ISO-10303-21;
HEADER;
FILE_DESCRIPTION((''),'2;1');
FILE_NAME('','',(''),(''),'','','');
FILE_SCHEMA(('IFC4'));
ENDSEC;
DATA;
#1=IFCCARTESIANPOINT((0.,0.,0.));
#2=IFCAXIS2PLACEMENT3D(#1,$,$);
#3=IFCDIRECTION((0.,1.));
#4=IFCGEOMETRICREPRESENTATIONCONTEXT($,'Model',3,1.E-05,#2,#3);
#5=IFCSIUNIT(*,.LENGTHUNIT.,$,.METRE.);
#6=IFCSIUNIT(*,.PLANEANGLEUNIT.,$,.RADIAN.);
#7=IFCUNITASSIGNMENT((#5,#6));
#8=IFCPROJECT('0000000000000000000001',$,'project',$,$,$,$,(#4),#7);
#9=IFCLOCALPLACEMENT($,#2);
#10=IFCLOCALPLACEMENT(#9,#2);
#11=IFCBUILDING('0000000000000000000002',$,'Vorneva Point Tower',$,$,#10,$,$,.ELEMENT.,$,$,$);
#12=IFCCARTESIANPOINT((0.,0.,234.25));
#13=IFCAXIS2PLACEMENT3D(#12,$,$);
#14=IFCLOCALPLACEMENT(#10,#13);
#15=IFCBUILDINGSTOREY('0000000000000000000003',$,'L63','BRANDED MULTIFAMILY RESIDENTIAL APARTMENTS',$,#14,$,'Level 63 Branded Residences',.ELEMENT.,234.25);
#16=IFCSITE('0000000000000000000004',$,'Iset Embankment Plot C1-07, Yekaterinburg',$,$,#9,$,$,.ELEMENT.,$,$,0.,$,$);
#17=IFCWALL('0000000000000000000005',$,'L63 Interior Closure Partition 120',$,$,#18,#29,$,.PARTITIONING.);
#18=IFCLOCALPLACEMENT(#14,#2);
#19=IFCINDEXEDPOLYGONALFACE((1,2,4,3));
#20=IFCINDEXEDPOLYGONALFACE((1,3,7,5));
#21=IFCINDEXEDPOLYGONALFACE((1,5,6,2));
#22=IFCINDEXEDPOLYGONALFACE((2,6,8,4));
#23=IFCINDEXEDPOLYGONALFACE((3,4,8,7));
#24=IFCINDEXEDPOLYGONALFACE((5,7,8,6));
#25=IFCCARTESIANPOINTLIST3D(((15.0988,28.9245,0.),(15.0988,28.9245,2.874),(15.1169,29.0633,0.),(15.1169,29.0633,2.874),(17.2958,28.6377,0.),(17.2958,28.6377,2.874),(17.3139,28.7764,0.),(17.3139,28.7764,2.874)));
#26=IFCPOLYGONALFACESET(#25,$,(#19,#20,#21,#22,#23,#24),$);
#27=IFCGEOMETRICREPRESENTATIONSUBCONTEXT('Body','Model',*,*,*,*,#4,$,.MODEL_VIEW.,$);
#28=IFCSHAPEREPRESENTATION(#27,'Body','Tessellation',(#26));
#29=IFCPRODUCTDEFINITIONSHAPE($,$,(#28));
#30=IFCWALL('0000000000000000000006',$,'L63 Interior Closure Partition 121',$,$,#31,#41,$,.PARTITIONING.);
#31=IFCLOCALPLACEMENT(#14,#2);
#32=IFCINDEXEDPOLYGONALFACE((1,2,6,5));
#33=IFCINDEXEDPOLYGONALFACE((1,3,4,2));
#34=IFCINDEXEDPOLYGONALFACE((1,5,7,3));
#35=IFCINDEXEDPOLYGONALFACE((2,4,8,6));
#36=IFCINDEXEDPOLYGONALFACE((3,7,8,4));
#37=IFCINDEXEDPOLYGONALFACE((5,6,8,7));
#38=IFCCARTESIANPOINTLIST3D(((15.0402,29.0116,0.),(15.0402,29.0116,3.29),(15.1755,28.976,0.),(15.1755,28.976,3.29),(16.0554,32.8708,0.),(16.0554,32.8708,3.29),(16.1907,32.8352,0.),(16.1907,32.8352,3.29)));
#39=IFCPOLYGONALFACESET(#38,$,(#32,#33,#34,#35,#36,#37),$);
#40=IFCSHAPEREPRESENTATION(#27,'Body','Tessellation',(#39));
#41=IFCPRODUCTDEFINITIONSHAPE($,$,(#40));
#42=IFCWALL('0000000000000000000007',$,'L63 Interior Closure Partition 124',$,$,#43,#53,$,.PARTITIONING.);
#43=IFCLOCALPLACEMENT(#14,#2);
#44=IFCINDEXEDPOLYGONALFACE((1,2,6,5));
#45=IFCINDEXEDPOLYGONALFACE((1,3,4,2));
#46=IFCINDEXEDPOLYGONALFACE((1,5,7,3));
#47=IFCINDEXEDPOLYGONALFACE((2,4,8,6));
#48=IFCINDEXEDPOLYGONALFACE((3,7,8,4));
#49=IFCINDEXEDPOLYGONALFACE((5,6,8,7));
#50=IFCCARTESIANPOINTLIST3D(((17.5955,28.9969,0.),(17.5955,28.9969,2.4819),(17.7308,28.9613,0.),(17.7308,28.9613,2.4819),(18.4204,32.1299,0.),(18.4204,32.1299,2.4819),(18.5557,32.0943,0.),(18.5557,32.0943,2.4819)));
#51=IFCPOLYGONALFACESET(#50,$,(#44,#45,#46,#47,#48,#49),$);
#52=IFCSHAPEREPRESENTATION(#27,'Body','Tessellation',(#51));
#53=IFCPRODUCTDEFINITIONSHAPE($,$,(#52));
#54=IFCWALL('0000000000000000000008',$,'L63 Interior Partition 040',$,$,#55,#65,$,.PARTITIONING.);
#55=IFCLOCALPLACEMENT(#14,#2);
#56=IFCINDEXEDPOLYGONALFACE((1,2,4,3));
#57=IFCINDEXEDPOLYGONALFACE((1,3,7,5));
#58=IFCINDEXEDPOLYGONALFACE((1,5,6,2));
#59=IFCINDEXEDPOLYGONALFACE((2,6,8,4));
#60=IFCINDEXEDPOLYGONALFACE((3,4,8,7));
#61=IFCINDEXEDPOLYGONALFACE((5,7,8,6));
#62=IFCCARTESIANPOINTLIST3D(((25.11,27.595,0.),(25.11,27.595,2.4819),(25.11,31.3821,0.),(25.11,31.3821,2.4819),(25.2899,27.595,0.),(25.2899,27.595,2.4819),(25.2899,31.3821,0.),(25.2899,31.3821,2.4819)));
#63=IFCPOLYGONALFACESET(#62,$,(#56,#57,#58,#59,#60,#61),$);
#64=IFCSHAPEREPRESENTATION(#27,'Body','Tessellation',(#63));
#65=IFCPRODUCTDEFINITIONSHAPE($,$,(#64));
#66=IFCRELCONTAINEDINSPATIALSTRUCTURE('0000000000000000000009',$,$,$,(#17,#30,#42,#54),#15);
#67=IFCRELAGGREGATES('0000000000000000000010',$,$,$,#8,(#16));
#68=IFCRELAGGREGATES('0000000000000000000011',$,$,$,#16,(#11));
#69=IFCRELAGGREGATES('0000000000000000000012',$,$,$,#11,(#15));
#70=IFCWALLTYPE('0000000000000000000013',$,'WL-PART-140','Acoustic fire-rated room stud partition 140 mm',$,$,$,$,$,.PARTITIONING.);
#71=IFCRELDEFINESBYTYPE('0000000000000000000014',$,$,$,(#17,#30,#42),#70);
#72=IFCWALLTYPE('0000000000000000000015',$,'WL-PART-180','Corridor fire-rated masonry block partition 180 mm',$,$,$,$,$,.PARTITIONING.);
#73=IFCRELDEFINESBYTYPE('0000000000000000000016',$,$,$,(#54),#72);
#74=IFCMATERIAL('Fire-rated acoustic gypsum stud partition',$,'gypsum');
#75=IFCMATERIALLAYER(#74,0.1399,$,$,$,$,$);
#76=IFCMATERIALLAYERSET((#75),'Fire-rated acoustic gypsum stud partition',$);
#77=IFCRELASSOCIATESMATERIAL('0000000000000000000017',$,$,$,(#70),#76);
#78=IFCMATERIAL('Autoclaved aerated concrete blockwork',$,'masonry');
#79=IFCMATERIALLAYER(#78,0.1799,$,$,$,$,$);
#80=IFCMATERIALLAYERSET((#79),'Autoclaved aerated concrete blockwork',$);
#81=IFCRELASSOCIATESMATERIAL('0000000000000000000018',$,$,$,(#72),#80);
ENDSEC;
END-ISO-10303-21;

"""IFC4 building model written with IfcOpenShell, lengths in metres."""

from ifc_helpers import new_model, si_unit, direction, frame, frame_2d, origin, place, context, subcontext, project, spatial, rectangle, extrude, material, layer, layer_set, type_object, element, save


model = new_model("IFC4")

# Units and contexts
model_context = context("Model", 3, precision=1e-05, world=origin(), true_north=direction((0.0, 1.0)))
body_context = subcontext(model_context, "Body", "Model", "MODEL_VIEW")
ifc_project = project(units=[si_unit("LENGTHUNIT", "METRE"), si_unit("PLANEANGLEUNIT", "RADIAN")], contexts=[model_context])

# Site, building, storey
site_placement = place(None, origin())
site = spatial("IfcSite", under=ifc_project, at=site_placement, Name="Iset Embankment Plot C1-07, Yekaterinburg", CompositionType="ELEMENT", RefElevation=0.0)
building_placement = place(site_placement, origin())
building = spatial("IfcBuilding", under=site, at=building_placement, Name="Vorneva Point Tower", CompositionType="ELEMENT")
storey_placement = place(building_placement, frame((0.0, 0.0, 234.25)))
storey = spatial("IfcBuildingStorey", under=building, at=storey_placement, Name="L63", Description="BRANDED MULTIFAMILY RESIDENTIAL APARTMENTS", LongName="Level 63 Branded Residences", CompositionType="ELEMENT", Elevation=234.25)

# Shared definitions
ifc_material_1 = material(Name="Fire-rated acoustic gypsum stud partition", Category="gypsum")

# Walls
ifc_layer_1 = layer(ifc_material_1, 0.1399)
ifc_layer_set_1 = layer_set([ifc_layer_1], Name="Fire-rated acoustic gypsum stud partition")
wall_type_1 = type_object("IfcWallType", Name="WL-PART-140", Description="Acoustic fire-rated room stud partition 140 mm", PredefinedType="PARTITIONING", material=ifc_layer_set_1)
wall_1_placement = place(storey_placement, frame((17.3049, 28.707, 0.0), z_axis=(0.0, 0.0, 1.0), x_axis=(-0.991583, 0.129471, 0.0)))
element("IfcWall", 1, at=wall_1_placement, inside=storey, type_object=wall_type_1, Name="L63 Interior Closure Partition 120", PredefinedType="PARTITIONING", context=body_context, shape_type="SweptSolid", body=[
    extrude(rectangle(XDim=2.2156, YDim=0.1399, at=frame_2d((1.1079, 0.0))), origin(), (0.0, 0.0, 1.0), 2.874),
])
wall_2_placement = place(storey_placement, frame((15.1079, 28.9939, 0.0), z_axis=(0.0, 0.0, 1.0), x_axis=(0.254394, 0.967101, 0.0)))
element("IfcWall", 2, at=wall_2_placement, inside=storey, type_object=wall_type_1, Name="L63 Interior Closure Partition 121", PredefinedType="PARTITIONING", context=body_context, shape_type="SweptSolid", body=[
    extrude(rectangle(XDim=3.9905, YDim=0.1399, at=frame_2d((1.9951, 0.0))), origin(), (0.0, 0.0, 1.0), 3.29),
])
wall_3_placement = place(storey_placement, frame((18.488, 32.1121, 0.0), z_axis=(0.0, 0.0, 1.0), x_axis=(-0.254627, -0.967039, 0.0)))
element("IfcWall", 3, at=wall_3_placement, inside=storey, type_object=wall_type_1, Name="L63 Interior Closure Partition 124", PredefinedType="PARTITIONING", context=body_context, shape_type="SweptSolid", body=[
    extrude(rectangle(XDim=3.2397, YDim=0.1399, at=frame_2d((1.6199, 0.0))), origin(), (0.0, 0.0, 1.0), 2.4819),
])

# Shared definitions
ifc_material_2 = material(Name="Autoclaved aerated concrete blockwork", Category="masonry")
ifc_layer_2 = layer(ifc_material_2, 0.1799)
ifc_layer_set_2 = layer_set([ifc_layer_2], Name="Autoclaved aerated concrete blockwork")
wall_type_2 = type_object("IfcWallType", Name="WL-PART-180", Description="Corridor fire-rated masonry block partition 180 mm", PredefinedType="PARTITIONING", material=ifc_layer_set_2)

# Wall
wall_4_placement = place(storey_placement, frame((25.2, 31.3821, 0.0), z_axis=(0.0, 0.0, 1.0), x_axis=(0.0, -1.0, 0.0)))
element("IfcWall", 4, at=wall_4_placement, inside=storey, type_object=wall_type_2, Name="L63 Interior Partition 040", PredefinedType="PARTITIONING", context=body_context, shape_type="SweptSolid", body=[
    extrude(rectangle(XDim=3.7871, YDim=0.1799, at=frame_2d((1.8936, 0.0))), origin(), (0.0, 0.0, 1.0), 2.4819),
])

save(model, "model.ifc")
